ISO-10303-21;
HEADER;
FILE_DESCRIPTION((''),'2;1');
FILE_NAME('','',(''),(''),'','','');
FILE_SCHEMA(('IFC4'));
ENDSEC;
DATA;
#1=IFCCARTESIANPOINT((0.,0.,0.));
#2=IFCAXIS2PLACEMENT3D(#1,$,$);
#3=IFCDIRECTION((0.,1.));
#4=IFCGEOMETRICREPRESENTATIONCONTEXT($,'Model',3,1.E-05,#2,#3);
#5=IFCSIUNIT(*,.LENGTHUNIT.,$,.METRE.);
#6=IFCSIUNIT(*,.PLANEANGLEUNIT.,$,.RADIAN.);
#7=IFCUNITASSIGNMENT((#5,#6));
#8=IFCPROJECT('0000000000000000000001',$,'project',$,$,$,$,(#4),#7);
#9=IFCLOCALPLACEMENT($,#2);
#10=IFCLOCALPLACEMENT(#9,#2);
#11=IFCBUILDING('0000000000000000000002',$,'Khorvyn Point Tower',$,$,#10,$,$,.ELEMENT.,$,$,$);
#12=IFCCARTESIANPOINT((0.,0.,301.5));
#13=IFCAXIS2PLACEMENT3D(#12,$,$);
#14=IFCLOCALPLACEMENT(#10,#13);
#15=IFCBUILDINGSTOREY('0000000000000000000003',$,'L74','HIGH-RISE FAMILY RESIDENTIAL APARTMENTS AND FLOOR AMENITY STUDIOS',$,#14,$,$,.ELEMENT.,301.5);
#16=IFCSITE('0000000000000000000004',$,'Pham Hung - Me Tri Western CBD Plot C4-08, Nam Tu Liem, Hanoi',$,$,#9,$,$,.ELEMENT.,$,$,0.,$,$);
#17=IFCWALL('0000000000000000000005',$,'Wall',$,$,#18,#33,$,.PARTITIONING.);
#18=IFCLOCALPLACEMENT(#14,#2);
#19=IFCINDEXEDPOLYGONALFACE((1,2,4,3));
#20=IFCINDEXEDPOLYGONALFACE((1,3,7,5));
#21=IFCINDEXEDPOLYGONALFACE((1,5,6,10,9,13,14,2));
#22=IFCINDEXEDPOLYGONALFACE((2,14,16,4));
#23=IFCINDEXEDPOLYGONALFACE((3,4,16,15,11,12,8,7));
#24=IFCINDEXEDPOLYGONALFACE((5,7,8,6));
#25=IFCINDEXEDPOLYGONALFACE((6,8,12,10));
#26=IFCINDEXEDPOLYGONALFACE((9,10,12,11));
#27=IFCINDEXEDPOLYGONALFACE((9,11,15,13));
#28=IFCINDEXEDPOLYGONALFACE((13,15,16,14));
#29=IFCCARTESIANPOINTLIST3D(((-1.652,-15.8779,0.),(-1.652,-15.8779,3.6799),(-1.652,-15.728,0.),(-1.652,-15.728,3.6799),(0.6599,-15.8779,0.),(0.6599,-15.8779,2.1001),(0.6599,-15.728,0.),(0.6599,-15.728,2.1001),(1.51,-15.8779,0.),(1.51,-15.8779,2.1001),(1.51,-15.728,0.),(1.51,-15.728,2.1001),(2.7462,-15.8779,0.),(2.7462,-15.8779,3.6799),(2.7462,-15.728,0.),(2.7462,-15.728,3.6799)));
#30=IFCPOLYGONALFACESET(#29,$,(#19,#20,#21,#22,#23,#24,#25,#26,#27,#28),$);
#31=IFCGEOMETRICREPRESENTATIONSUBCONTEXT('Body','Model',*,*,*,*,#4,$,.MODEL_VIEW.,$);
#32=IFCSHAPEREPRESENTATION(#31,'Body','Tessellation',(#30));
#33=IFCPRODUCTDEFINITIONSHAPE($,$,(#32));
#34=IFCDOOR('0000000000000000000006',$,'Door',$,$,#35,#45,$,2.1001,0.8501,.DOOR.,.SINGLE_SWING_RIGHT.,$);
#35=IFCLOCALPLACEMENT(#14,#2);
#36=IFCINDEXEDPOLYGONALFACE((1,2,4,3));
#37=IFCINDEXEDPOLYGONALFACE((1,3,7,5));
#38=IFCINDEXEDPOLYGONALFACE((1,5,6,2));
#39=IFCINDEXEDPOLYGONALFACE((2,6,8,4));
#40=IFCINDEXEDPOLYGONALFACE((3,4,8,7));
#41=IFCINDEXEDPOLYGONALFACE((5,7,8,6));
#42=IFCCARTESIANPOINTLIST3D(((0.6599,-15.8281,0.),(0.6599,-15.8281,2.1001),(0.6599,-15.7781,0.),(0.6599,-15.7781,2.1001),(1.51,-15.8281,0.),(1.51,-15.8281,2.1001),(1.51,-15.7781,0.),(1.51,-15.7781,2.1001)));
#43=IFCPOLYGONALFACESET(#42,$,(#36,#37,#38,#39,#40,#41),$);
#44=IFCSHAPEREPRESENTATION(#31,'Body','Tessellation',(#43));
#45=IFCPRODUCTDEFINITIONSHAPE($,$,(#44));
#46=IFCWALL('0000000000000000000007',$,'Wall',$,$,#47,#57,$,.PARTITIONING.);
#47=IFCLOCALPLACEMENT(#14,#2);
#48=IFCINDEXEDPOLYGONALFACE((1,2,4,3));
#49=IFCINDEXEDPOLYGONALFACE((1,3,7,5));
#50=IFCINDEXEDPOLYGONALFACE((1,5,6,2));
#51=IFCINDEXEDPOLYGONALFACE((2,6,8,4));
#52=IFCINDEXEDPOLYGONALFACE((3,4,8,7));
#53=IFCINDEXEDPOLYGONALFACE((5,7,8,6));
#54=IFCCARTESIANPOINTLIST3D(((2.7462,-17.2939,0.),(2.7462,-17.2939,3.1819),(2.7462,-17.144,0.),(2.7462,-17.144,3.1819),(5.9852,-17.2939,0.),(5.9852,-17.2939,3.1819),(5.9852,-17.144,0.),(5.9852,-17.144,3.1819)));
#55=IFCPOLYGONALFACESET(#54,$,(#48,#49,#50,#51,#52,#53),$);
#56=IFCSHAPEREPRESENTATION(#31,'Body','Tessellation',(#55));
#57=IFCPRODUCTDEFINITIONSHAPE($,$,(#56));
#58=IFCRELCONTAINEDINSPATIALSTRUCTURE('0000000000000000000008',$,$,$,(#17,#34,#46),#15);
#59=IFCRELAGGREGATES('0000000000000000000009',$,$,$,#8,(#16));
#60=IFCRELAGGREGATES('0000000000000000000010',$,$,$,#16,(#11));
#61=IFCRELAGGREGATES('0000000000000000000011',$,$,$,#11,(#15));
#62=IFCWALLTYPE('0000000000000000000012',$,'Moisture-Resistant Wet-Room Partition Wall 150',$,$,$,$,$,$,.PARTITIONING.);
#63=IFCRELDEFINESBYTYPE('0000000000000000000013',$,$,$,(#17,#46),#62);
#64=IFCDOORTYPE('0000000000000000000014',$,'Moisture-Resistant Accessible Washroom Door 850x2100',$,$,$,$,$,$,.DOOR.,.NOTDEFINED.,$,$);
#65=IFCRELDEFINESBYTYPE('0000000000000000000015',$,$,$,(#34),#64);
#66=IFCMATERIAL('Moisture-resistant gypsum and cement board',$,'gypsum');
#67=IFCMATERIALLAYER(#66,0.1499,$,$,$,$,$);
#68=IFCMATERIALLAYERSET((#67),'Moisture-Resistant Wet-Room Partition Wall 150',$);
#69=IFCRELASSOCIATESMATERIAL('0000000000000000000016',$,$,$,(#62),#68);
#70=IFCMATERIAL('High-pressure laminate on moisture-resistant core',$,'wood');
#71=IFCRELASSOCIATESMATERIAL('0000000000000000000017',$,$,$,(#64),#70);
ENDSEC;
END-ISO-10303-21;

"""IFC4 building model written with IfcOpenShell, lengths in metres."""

from ifc_helpers import new_model, si_unit, direction, frame, frame_2d, origin, place, context, subcontext, project, spatial, rectangle, extrude, material, layer, layer_set, type_object, element, fill, save


model = new_model("IFC4")

# Units and contexts
model_context = context("Model", 3, precision=1e-05, world=origin(), true_north=direction((0.0, 1.0)))
body_context = subcontext(model_context, "Body", "Model", "MODEL_VIEW")
ifc_project = project(units=[si_unit("LENGTHUNIT", "METRE"), si_unit("PLANEANGLEUNIT", "RADIAN")], contexts=[model_context])

# Site, building, storey
site_placement = place(None, origin())
site = spatial("IfcSite", under=ifc_project, at=site_placement, Name="Pham Hung - Me Tri Western CBD Plot C4-08, Nam Tu Liem, Hanoi", CompositionType="ELEMENT", RefElevation=0.0)
building_placement = place(site_placement, origin())
building = spatial("IfcBuilding", under=site, at=building_placement, Name="Khorvyn Point Tower", CompositionType="ELEMENT")
storey_placement = place(building_placement, frame((0.0, 0.0, 301.5)))
storey = spatial("IfcBuildingStorey", under=building, at=storey_placement, Name="L74", Description="HIGH-RISE FAMILY RESIDENTIAL APARTMENTS AND FLOOR AMENITY STUDIOS", CompositionType="ELEMENT", Elevation=301.5)

# Wall, opening, door
ifc_material_1 = material(Name="Moisture-resistant gypsum and cement board", Category="gypsum")
ifc_layer_1 = layer(ifc_material_1, 0.1499)
ifc_layer_set_1 = layer_set([ifc_layer_1], Name="Moisture-Resistant Wet-Room Partition Wall 150")
wall_type_1 = type_object("IfcWallType", Name="Moisture-Resistant Wet-Room Partition Wall 150", PredefinedType="PARTITIONING", material=ifc_layer_set_1)
ifc_material_2 = material(Name="High-pressure laminate on moisture-resistant core", Category="wood")
door_type_1 = type_object("IfcDoorType", Name="Moisture-Resistant Accessible Washroom Door 850x2100", OperationType="NOTDEFINED", PredefinedType="DOOR", material=ifc_material_2)
wall_1_placement = place(storey_placement, frame((-1.6521, -15.803, 0.0), z_axis=(0.0, 0.0, 1.0), x_axis=(1.0, 0.0, 0.0)))
wall_1 = element("IfcWall", 1, at=wall_1_placement, inside=storey, type_object=wall_type_1, Name="Wall", PredefinedType="PARTITIONING", context=body_context, shape_type="SweptSolid", body=[
    extrude(rectangle(XDim=4.3982, YDim=0.1499, at=frame_2d((2.1992, 0.0))), origin(), (0.0, 0.0, 1.0), 3.6799),
])
opening_1_placement = place(wall_1_placement, frame((2.312, 0.0, 0.0)))
opening_1 = element("IfcOpeningElement", 2, at=opening_1_placement, cuts=wall_1, PredefinedType="OPENING", context=body_context, shape_type="SweptSolid", body=[
    extrude(rectangle(XDim=0.8501, YDim=2.1001, at=frame_2d((0.425, 1.05))), frame((0.0, 0.085, 0.0), z_axis=(0.0, -1.0, 0.0), x_axis=(1.0, 0.0, 0.0)), (0.0, 0.0, 1.0), 0.1699),
])
door_1_placement = place(opening_1_placement, origin())
door_1 = element("IfcDoor", 3, at=door_1_placement, inside=storey, type_object=door_type_1, Name="Door", OperationType="SINGLE_SWING_RIGHT", OverallHeight=2.1001, OverallWidth=0.8501, PredefinedType="DOOR", context=body_context, shape_type="SweptSolid", body=[
    extrude(rectangle(XDim=0.8501, YDim=2.1001, at=frame_2d((0.425, 1.05))), frame((0.0, 0.0249, 0.0), z_axis=(0.0, -1.0, 0.0), x_axis=(1.0, 0.0, 0.0)), (0.0, 0.0, 1.0), 0.05),
])
fill(opening_1, door_1)

# Wall
wall_2_placement = place(storey_placement, frame((2.7461, -17.219, 0.0), z_axis=(0.0, 0.0, 1.0), x_axis=(1.0, 0.0, 0.0)))
element("IfcWall", 4, at=wall_2_placement, inside=storey, type_object=wall_type_1, Name="Wall", PredefinedType="PARTITIONING", context=body_context, shape_type="SweptSolid", body=[
    extrude(rectangle(XDim=3.239, YDim=0.1499, at=frame_2d((1.6196, 0.0))), origin(), (0.0, 0.0, 1.0), 3.1819),
])

save(model, "model.ifc")
